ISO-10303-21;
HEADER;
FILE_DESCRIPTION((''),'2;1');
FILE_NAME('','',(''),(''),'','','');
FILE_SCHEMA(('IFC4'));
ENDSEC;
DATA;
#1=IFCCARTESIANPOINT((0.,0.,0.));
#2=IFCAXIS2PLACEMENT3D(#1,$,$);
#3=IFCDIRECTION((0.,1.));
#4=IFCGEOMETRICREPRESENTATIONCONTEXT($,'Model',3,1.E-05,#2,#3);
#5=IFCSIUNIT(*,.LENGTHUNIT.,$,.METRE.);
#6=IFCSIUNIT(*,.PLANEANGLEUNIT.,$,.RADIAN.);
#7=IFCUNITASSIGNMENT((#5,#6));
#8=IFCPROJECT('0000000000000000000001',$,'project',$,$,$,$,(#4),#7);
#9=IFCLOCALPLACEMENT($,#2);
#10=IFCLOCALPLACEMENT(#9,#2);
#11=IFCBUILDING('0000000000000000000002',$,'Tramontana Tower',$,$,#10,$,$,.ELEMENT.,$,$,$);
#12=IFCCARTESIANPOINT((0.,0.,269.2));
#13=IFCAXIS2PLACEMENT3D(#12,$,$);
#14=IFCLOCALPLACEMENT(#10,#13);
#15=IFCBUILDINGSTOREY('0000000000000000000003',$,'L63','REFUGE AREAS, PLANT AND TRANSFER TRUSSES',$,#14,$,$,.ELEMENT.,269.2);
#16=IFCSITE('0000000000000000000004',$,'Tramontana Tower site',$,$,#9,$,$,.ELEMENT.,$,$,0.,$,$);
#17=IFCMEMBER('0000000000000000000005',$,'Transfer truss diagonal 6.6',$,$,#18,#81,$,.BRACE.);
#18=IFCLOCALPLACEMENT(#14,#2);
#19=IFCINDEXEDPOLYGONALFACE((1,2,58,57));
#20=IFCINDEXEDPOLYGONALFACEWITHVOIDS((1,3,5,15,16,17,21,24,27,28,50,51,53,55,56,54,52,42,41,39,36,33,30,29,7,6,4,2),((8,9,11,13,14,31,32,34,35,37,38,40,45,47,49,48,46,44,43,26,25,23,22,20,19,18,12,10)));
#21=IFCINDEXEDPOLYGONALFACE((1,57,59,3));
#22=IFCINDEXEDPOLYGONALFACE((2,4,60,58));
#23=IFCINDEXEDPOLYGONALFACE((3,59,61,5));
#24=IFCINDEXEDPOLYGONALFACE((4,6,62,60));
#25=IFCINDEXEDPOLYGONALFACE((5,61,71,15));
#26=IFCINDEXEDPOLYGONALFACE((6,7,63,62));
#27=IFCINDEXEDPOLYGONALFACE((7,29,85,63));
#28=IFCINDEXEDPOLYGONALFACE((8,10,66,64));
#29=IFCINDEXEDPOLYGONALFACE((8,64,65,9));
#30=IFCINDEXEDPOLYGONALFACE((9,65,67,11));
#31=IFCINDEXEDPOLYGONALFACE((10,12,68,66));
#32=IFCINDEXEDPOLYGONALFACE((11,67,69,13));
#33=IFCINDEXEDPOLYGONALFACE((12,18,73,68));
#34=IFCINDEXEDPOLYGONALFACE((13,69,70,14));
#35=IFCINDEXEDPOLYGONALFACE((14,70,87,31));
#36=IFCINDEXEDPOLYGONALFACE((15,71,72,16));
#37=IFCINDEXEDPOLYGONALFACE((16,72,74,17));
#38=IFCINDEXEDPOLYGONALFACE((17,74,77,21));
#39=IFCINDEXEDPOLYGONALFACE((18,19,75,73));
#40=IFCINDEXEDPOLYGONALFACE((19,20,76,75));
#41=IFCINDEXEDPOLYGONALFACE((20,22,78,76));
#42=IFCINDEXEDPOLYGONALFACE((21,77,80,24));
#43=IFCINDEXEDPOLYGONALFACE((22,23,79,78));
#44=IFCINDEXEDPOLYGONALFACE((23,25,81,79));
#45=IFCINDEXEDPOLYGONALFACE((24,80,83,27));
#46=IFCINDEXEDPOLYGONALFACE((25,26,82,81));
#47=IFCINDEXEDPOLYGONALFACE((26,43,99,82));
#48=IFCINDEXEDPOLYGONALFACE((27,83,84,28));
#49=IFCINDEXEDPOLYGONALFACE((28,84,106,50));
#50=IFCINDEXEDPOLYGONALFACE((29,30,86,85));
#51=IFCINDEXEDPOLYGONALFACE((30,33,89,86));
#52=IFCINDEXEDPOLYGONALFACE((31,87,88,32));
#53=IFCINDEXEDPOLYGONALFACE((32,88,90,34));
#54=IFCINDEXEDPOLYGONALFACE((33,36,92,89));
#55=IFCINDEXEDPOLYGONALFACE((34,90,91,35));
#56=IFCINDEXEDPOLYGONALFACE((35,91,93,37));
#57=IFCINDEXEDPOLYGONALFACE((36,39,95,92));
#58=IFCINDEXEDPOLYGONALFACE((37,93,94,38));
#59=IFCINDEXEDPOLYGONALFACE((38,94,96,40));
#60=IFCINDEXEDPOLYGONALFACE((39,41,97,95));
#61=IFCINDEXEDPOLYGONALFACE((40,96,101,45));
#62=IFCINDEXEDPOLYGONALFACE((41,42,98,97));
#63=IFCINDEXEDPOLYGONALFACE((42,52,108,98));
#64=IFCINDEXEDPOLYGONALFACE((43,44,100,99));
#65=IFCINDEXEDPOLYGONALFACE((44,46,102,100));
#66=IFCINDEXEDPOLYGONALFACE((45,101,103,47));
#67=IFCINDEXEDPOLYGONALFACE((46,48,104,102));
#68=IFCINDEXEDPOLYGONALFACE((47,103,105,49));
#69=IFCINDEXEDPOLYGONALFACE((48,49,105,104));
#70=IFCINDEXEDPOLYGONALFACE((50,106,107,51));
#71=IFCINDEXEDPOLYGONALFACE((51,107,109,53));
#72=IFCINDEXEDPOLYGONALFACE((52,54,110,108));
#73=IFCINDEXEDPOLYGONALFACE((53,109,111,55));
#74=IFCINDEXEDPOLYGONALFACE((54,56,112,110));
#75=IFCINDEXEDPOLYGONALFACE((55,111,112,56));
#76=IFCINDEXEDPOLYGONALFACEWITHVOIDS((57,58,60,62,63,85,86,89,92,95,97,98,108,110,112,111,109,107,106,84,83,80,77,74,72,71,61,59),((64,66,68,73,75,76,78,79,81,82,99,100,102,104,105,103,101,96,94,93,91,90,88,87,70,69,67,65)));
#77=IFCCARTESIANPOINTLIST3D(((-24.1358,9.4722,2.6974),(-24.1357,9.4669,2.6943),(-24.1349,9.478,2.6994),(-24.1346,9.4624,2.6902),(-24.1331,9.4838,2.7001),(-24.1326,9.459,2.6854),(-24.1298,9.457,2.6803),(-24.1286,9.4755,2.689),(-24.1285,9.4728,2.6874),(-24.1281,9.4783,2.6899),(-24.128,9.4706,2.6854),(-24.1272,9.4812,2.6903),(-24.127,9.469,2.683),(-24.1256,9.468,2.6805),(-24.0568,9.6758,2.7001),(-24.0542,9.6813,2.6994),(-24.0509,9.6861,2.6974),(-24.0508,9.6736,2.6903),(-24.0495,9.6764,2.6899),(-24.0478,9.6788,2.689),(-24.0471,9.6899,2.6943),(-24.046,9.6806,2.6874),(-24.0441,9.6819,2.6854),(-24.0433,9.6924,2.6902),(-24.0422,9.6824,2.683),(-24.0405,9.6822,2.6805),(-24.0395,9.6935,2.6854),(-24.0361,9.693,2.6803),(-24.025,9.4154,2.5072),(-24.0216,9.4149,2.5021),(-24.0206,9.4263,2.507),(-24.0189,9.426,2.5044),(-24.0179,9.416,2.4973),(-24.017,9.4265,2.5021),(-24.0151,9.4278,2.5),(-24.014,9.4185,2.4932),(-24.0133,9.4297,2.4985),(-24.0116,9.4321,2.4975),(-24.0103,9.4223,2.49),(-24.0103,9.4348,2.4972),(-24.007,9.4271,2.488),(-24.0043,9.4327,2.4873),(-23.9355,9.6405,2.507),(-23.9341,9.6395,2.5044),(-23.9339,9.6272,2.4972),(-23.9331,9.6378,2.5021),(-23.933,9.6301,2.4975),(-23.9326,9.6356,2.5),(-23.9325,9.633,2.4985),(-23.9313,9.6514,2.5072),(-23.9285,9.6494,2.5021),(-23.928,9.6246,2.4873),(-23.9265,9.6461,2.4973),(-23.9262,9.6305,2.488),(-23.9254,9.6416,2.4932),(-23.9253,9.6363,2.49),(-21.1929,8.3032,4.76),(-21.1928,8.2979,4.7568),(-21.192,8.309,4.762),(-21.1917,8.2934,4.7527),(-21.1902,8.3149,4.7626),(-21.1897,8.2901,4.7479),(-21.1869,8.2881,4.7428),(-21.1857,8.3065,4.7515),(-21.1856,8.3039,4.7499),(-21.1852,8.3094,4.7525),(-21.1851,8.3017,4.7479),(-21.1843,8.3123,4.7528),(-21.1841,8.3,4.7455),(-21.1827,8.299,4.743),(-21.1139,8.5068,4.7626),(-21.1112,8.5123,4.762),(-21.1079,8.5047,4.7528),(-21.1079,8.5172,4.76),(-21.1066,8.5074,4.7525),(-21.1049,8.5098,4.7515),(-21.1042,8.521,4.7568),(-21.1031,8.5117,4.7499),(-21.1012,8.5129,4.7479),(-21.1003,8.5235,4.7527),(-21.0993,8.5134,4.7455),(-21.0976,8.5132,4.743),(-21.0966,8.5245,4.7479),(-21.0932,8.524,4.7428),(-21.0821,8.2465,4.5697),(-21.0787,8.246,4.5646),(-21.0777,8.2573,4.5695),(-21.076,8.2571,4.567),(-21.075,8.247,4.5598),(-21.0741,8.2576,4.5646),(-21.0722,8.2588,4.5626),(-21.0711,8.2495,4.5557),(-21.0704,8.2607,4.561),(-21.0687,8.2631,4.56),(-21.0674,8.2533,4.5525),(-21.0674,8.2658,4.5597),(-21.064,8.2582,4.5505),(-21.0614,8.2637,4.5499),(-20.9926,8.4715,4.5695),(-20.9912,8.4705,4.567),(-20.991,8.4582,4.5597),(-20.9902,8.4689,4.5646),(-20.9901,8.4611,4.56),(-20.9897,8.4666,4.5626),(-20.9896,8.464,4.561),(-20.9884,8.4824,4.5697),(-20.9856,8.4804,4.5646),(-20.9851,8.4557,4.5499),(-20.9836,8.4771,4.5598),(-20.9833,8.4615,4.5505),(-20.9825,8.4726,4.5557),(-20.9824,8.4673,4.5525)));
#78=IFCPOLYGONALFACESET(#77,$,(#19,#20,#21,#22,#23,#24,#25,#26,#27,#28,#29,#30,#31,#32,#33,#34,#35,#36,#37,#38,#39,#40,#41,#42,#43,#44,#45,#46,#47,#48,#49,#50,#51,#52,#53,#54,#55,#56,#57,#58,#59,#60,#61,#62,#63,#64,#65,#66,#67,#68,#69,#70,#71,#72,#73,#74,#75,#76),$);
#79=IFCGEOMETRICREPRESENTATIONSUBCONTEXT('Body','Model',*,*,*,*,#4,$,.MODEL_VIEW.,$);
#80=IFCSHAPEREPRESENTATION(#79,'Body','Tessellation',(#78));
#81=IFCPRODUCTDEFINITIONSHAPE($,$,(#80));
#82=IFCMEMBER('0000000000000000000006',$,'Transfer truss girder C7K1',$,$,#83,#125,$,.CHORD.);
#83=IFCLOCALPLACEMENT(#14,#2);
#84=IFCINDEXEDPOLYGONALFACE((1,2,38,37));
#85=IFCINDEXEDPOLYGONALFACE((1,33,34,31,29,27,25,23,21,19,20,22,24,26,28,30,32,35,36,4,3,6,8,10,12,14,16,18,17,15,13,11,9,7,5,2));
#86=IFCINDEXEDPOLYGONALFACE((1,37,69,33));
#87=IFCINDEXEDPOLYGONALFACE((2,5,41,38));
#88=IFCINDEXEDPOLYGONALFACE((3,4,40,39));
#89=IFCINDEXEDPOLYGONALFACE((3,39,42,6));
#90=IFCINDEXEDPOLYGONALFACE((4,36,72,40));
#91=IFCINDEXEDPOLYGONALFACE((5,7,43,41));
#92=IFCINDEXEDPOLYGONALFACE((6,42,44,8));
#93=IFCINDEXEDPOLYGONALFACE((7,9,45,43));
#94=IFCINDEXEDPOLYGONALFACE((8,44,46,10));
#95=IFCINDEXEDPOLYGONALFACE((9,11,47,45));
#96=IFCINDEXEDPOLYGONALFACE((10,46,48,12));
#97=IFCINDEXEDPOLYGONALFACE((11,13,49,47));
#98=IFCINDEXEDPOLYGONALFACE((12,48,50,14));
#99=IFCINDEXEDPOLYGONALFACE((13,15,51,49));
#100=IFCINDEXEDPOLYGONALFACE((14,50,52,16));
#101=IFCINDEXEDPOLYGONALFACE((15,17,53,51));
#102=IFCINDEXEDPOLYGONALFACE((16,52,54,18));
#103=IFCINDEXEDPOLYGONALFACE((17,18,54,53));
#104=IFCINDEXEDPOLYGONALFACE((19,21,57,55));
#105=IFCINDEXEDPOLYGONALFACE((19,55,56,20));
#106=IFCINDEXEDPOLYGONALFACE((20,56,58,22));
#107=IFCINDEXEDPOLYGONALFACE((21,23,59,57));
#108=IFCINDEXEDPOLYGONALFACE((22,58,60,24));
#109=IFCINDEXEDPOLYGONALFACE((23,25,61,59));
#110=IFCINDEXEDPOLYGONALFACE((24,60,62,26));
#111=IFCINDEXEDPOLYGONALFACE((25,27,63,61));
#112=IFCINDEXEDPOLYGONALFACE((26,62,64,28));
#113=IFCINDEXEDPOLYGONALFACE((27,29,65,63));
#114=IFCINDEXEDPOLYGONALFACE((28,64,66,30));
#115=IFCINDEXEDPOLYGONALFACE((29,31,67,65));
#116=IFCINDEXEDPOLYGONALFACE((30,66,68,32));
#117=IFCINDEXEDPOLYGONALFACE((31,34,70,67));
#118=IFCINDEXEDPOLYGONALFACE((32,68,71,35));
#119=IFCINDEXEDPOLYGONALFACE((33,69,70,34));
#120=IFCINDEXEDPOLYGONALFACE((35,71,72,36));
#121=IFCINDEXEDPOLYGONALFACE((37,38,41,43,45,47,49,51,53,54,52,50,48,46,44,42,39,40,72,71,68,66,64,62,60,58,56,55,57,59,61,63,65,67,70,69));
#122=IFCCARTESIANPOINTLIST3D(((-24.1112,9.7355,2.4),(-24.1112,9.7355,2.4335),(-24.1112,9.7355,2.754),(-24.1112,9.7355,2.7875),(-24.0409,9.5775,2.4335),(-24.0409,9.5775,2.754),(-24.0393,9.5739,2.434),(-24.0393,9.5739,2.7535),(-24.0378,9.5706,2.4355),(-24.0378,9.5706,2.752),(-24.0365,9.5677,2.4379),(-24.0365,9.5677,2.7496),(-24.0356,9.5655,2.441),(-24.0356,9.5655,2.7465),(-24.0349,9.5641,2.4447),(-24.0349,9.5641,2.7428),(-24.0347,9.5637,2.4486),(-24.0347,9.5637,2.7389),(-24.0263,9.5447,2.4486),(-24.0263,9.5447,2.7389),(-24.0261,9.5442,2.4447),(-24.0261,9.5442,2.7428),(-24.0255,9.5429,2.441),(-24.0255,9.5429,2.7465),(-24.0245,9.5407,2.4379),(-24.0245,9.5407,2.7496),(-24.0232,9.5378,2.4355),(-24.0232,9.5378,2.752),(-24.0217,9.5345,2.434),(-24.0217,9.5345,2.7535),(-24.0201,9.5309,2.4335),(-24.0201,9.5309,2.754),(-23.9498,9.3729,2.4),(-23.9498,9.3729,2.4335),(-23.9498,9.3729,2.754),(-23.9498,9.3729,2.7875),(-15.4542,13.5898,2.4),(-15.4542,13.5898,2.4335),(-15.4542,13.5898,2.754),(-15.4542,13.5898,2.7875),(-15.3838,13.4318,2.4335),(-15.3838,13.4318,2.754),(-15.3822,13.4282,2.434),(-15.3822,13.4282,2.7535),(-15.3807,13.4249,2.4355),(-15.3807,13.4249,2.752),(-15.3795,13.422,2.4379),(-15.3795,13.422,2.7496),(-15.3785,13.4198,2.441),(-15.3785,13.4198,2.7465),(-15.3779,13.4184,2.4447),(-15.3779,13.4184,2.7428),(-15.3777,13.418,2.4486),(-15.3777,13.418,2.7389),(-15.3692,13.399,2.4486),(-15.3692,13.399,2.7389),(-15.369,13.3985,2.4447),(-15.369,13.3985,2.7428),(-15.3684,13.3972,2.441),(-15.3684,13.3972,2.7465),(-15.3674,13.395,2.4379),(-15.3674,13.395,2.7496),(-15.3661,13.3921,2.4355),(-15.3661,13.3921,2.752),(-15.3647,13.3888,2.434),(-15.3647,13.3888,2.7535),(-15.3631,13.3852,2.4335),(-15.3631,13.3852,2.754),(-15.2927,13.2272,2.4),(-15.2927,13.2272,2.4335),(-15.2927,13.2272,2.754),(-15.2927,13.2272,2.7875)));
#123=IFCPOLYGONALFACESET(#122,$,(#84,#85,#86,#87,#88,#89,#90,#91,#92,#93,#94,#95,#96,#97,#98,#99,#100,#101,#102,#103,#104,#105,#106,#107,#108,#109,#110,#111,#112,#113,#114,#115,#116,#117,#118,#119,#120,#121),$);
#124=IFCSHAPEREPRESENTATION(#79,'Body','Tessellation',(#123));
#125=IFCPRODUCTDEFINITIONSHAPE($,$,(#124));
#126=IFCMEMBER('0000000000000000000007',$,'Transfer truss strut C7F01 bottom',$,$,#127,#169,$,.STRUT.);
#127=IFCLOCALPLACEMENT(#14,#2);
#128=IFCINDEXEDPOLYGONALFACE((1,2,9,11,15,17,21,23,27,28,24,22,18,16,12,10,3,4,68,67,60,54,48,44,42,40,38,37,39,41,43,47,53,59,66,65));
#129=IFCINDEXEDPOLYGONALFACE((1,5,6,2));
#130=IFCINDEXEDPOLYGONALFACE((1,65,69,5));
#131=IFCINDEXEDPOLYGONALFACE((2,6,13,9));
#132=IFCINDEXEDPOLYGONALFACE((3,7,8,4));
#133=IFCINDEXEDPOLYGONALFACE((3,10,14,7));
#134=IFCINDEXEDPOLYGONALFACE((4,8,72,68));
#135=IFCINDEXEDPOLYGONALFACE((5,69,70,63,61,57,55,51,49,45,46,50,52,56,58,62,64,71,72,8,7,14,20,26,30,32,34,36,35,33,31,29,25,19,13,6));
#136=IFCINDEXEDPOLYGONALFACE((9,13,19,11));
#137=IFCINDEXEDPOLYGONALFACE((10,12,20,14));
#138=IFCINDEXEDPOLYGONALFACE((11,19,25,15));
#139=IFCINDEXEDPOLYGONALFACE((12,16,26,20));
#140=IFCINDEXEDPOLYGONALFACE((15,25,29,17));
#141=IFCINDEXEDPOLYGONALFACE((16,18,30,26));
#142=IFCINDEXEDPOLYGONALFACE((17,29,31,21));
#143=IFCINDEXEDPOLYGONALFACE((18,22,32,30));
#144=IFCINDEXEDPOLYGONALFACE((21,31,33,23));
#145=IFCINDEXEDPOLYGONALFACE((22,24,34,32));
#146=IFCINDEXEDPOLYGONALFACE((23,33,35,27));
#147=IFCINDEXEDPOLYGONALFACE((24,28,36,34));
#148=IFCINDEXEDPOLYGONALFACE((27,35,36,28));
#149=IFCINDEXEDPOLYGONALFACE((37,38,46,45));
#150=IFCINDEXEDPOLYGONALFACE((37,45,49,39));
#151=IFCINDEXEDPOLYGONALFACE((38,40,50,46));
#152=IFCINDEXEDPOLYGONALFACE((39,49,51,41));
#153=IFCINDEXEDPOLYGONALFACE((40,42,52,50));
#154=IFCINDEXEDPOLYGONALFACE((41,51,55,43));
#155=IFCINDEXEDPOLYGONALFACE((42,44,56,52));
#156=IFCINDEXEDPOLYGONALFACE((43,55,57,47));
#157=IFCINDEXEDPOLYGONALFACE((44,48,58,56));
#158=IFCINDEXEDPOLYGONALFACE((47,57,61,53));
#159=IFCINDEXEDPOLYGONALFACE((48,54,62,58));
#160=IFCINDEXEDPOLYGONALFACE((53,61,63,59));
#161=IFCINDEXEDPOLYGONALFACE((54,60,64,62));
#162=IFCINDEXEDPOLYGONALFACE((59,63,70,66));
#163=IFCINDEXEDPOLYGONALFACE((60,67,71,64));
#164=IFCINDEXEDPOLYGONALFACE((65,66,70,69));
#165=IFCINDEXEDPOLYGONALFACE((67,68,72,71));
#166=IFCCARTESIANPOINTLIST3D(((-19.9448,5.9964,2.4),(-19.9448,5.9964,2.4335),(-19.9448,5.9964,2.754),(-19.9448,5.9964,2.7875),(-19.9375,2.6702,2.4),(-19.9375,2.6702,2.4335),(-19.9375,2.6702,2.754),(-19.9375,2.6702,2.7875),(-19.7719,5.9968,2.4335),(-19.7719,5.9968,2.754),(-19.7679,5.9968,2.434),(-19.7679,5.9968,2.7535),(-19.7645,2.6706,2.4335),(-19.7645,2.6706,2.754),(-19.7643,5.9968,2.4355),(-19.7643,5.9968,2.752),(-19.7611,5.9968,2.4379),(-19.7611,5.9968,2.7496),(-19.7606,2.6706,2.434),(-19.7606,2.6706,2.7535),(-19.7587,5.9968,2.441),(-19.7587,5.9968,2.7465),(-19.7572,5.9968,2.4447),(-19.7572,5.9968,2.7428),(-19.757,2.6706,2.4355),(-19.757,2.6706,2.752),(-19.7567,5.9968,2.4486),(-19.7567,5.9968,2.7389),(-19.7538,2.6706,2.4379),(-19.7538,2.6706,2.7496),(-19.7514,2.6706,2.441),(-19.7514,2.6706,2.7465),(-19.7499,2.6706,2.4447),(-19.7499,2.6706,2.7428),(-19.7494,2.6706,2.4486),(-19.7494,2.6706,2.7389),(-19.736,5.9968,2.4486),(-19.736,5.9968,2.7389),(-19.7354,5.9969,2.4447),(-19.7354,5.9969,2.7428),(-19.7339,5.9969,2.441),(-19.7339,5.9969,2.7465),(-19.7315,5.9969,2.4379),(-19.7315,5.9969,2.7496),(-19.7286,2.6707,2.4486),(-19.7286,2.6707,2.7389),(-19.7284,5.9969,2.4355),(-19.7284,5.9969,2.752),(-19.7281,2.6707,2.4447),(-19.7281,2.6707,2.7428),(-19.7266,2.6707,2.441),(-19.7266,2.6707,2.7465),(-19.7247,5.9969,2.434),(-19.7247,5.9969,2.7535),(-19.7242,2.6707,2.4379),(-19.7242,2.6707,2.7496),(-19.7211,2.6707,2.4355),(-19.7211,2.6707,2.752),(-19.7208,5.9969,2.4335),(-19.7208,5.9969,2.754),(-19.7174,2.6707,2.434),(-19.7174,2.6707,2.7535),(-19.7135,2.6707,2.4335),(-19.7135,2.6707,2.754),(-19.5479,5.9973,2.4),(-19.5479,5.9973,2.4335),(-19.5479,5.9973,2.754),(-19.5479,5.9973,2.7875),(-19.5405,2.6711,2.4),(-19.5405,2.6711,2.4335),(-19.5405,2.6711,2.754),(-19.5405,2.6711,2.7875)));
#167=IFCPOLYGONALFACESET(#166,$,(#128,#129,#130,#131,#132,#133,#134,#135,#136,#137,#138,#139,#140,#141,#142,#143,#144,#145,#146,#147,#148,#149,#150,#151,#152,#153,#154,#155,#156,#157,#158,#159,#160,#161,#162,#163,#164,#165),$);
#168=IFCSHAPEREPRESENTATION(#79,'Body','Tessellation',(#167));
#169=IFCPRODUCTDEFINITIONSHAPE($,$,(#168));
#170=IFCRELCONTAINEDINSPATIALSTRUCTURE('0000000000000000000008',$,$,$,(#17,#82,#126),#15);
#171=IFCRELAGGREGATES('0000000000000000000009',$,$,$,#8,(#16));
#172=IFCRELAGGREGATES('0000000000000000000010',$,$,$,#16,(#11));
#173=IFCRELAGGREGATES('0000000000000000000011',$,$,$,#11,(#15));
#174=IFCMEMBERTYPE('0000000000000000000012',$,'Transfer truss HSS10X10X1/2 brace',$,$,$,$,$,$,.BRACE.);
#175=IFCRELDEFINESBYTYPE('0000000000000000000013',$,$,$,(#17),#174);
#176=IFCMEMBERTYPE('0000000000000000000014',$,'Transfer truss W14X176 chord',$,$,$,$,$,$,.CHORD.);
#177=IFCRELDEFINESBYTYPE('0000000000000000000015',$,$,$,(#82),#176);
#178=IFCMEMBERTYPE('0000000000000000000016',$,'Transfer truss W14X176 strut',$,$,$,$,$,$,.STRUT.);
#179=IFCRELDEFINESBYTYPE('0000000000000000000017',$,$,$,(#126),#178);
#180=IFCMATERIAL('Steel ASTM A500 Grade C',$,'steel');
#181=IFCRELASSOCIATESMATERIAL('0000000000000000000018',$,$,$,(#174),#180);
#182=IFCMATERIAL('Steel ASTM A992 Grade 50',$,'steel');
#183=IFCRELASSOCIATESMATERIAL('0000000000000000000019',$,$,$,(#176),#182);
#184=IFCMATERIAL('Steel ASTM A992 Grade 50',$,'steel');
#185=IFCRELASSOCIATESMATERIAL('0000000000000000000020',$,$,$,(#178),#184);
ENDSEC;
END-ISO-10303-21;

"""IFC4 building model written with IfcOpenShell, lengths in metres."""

from ifc_helpers import new_model, si_unit, direction, frame, origin, origin_2d, place, context, subcontext, project, spatial, hollow_rectangle, i_section, extrude, material, material_profile, profile_set, type_object, element, save


model = new_model("IFC4")

# Units and contexts
model_context = context("Model", 3, precision=1e-05, world=origin(), true_north=direction((0.0, 1.0)))
body_context = subcontext(model_context, "Body", "Model", "MODEL_VIEW")
ifc_project = project(units=[si_unit("LENGTHUNIT", "METRE"), si_unit("PLANEANGLEUNIT", "RADIAN")], contexts=[model_context])

# Site, building, storey
site_placement = place(None, origin())
site = spatial("IfcSite", under=ifc_project, at=site_placement, Name="Tramontana Tower site", CompositionType="ELEMENT", RefElevation=0.0)
building_placement = place(site_placement, origin())
building = spatial("IfcBuilding", under=site, at=building_placement, Name="Tramontana Tower", CompositionType="ELEMENT")
storey_placement = place(building_placement, frame((0.0, 0.0, 269.2)))
storey = spatial("IfcBuildingStorey", under=building, at=storey_placement, Name="L63", Description="REFUGE AREAS, PLANT AND TRANSFER TRUSSES", CompositionType="ELEMENT", Elevation=269.2)

# Members
ifc_material_1 = material(Name="Steel ASTM A500 Grade C", Category="steel")
ifc_material_profile_1 = material_profile(ifc_material_1, hollow_rectangle(XDim=0.2539, YDim=0.2539, WallThickness=0.0117, InnerFilletRadius=0.0117, OuterFilletRadius=0.0237, at=origin_2d()), Name="HSS10X10X1/2")
ifc_profile_set_1 = profile_set([ifc_material_profile_1], Name="Steel ASTM A500 Grade C")
member_type_1 = type_object("IfcMemberType", Name="Transfer truss HSS10X10X1/2 brace", PredefinedType="BRACE", material=ifc_profile_set_1)
for number, where, z_axis, x_axis, name in (
    (1, (-21.0876, 8.3853, 4.6562), (-0.778744, 0.309327, -0.54578), (-0.369156, -0.929367, 0.0), "Transfer truss diagonal 6.6"),
):
    element("IfcMember", number, at=place(storey_placement, frame(where, z_axis=z_axis, x_axis=x_axis)), inside=storey, type_object=member_type_1, Name=name, PredefinedType="BRACE", context=body_context, shape_type="SweptSolid", body=[
        extrude(hollow_rectangle(XDim=0.2539, YDim=0.2539, WallThickness=0.0117, InnerFilletRadius=0.0117, OuterFilletRadius=0.0237, at=origin_2d()), origin(), (0.0, 0.0, 1.0), 3.7791),
    ])
ifc_material_2 = material(Name="Steel ASTM A992 Grade 50", Category="steel")
ifc_material_profile_2 = material_profile(ifc_material_2, i_section(OverallWidth=0.397, OverallDepth=0.3875, WebThickness=0.0208, FlangeThickness=0.0334, FilletRadius=0.0151, at=origin_2d()), Name="W14X176")
ifc_profile_set_2 = profile_set([ifc_material_profile_2], Name="Steel ASTM A992 Grade 50")
member_type_2 = type_object("IfcMemberType", Name="Transfer truss W14X176 chord", PredefinedType="CHORD", material=ifc_profile_set_2)
member_1_placement = place(storey_placement, frame((-24.0305, 9.5542, 2.5938), z_axis=(0.913549, 0.406729, 0.0), x_axis=(-0.406729, 0.913549, 0.0)))
element("IfcMember", 2, at=member_1_placement, inside=storey, type_object=member_type_2, Name="Transfer truss girder C7K1", PredefinedType="CHORD", context=body_context, shape_type="SweptSolid", body=[
    extrude(i_section(OverallWidth=0.397, OverallDepth=0.3875, WebThickness=0.0208, FlangeThickness=0.0334, FilletRadius=0.0151, at=origin_2d()), origin(), (0.0, 0.0, 1.0), 9.4763),
])
ifc_material_3 = material(Name="Steel ASTM A992 Grade 50", Category="steel")
ifc_material_profile_3 = material_profile(ifc_material_3, i_section(OverallWidth=0.397, OverallDepth=0.3875, WebThickness=0.0208, FlangeThickness=0.0334, FilletRadius=0.0151, at=origin_2d()), Name="W14X176")
ifc_profile_set_3 = profile_set([ifc_material_profile_3], Name="Steel ASTM A992 Grade 50")
member_type_3 = type_object("IfcMemberType", Name="Transfer truss W14X176 strut", PredefinedType="STRUT", material=ifc_profile_set_3)
member_2_placement = place(storey_placement, frame((-19.7463, 5.9968, 2.5938), z_axis=(0.002202, -0.999998, 0.0), x_axis=(0.999998, 0.002202, 0.0)))
element("IfcMember", 3, at=member_2_placement, inside=storey, type_object=member_type_3, Name="Transfer truss strut C7F01 bottom", PredefinedType="STRUT", context=body_context, shape_type="SweptSolid", body=[
    extrude(i_section(OverallWidth=0.397, OverallDepth=0.3875, WebThickness=0.0208, FlangeThickness=0.0334, FilletRadius=0.0151, at=origin_2d()), origin(), (0.0, 0.0, 1.0), 3.3262),
])

save(model, "model.ifc")
